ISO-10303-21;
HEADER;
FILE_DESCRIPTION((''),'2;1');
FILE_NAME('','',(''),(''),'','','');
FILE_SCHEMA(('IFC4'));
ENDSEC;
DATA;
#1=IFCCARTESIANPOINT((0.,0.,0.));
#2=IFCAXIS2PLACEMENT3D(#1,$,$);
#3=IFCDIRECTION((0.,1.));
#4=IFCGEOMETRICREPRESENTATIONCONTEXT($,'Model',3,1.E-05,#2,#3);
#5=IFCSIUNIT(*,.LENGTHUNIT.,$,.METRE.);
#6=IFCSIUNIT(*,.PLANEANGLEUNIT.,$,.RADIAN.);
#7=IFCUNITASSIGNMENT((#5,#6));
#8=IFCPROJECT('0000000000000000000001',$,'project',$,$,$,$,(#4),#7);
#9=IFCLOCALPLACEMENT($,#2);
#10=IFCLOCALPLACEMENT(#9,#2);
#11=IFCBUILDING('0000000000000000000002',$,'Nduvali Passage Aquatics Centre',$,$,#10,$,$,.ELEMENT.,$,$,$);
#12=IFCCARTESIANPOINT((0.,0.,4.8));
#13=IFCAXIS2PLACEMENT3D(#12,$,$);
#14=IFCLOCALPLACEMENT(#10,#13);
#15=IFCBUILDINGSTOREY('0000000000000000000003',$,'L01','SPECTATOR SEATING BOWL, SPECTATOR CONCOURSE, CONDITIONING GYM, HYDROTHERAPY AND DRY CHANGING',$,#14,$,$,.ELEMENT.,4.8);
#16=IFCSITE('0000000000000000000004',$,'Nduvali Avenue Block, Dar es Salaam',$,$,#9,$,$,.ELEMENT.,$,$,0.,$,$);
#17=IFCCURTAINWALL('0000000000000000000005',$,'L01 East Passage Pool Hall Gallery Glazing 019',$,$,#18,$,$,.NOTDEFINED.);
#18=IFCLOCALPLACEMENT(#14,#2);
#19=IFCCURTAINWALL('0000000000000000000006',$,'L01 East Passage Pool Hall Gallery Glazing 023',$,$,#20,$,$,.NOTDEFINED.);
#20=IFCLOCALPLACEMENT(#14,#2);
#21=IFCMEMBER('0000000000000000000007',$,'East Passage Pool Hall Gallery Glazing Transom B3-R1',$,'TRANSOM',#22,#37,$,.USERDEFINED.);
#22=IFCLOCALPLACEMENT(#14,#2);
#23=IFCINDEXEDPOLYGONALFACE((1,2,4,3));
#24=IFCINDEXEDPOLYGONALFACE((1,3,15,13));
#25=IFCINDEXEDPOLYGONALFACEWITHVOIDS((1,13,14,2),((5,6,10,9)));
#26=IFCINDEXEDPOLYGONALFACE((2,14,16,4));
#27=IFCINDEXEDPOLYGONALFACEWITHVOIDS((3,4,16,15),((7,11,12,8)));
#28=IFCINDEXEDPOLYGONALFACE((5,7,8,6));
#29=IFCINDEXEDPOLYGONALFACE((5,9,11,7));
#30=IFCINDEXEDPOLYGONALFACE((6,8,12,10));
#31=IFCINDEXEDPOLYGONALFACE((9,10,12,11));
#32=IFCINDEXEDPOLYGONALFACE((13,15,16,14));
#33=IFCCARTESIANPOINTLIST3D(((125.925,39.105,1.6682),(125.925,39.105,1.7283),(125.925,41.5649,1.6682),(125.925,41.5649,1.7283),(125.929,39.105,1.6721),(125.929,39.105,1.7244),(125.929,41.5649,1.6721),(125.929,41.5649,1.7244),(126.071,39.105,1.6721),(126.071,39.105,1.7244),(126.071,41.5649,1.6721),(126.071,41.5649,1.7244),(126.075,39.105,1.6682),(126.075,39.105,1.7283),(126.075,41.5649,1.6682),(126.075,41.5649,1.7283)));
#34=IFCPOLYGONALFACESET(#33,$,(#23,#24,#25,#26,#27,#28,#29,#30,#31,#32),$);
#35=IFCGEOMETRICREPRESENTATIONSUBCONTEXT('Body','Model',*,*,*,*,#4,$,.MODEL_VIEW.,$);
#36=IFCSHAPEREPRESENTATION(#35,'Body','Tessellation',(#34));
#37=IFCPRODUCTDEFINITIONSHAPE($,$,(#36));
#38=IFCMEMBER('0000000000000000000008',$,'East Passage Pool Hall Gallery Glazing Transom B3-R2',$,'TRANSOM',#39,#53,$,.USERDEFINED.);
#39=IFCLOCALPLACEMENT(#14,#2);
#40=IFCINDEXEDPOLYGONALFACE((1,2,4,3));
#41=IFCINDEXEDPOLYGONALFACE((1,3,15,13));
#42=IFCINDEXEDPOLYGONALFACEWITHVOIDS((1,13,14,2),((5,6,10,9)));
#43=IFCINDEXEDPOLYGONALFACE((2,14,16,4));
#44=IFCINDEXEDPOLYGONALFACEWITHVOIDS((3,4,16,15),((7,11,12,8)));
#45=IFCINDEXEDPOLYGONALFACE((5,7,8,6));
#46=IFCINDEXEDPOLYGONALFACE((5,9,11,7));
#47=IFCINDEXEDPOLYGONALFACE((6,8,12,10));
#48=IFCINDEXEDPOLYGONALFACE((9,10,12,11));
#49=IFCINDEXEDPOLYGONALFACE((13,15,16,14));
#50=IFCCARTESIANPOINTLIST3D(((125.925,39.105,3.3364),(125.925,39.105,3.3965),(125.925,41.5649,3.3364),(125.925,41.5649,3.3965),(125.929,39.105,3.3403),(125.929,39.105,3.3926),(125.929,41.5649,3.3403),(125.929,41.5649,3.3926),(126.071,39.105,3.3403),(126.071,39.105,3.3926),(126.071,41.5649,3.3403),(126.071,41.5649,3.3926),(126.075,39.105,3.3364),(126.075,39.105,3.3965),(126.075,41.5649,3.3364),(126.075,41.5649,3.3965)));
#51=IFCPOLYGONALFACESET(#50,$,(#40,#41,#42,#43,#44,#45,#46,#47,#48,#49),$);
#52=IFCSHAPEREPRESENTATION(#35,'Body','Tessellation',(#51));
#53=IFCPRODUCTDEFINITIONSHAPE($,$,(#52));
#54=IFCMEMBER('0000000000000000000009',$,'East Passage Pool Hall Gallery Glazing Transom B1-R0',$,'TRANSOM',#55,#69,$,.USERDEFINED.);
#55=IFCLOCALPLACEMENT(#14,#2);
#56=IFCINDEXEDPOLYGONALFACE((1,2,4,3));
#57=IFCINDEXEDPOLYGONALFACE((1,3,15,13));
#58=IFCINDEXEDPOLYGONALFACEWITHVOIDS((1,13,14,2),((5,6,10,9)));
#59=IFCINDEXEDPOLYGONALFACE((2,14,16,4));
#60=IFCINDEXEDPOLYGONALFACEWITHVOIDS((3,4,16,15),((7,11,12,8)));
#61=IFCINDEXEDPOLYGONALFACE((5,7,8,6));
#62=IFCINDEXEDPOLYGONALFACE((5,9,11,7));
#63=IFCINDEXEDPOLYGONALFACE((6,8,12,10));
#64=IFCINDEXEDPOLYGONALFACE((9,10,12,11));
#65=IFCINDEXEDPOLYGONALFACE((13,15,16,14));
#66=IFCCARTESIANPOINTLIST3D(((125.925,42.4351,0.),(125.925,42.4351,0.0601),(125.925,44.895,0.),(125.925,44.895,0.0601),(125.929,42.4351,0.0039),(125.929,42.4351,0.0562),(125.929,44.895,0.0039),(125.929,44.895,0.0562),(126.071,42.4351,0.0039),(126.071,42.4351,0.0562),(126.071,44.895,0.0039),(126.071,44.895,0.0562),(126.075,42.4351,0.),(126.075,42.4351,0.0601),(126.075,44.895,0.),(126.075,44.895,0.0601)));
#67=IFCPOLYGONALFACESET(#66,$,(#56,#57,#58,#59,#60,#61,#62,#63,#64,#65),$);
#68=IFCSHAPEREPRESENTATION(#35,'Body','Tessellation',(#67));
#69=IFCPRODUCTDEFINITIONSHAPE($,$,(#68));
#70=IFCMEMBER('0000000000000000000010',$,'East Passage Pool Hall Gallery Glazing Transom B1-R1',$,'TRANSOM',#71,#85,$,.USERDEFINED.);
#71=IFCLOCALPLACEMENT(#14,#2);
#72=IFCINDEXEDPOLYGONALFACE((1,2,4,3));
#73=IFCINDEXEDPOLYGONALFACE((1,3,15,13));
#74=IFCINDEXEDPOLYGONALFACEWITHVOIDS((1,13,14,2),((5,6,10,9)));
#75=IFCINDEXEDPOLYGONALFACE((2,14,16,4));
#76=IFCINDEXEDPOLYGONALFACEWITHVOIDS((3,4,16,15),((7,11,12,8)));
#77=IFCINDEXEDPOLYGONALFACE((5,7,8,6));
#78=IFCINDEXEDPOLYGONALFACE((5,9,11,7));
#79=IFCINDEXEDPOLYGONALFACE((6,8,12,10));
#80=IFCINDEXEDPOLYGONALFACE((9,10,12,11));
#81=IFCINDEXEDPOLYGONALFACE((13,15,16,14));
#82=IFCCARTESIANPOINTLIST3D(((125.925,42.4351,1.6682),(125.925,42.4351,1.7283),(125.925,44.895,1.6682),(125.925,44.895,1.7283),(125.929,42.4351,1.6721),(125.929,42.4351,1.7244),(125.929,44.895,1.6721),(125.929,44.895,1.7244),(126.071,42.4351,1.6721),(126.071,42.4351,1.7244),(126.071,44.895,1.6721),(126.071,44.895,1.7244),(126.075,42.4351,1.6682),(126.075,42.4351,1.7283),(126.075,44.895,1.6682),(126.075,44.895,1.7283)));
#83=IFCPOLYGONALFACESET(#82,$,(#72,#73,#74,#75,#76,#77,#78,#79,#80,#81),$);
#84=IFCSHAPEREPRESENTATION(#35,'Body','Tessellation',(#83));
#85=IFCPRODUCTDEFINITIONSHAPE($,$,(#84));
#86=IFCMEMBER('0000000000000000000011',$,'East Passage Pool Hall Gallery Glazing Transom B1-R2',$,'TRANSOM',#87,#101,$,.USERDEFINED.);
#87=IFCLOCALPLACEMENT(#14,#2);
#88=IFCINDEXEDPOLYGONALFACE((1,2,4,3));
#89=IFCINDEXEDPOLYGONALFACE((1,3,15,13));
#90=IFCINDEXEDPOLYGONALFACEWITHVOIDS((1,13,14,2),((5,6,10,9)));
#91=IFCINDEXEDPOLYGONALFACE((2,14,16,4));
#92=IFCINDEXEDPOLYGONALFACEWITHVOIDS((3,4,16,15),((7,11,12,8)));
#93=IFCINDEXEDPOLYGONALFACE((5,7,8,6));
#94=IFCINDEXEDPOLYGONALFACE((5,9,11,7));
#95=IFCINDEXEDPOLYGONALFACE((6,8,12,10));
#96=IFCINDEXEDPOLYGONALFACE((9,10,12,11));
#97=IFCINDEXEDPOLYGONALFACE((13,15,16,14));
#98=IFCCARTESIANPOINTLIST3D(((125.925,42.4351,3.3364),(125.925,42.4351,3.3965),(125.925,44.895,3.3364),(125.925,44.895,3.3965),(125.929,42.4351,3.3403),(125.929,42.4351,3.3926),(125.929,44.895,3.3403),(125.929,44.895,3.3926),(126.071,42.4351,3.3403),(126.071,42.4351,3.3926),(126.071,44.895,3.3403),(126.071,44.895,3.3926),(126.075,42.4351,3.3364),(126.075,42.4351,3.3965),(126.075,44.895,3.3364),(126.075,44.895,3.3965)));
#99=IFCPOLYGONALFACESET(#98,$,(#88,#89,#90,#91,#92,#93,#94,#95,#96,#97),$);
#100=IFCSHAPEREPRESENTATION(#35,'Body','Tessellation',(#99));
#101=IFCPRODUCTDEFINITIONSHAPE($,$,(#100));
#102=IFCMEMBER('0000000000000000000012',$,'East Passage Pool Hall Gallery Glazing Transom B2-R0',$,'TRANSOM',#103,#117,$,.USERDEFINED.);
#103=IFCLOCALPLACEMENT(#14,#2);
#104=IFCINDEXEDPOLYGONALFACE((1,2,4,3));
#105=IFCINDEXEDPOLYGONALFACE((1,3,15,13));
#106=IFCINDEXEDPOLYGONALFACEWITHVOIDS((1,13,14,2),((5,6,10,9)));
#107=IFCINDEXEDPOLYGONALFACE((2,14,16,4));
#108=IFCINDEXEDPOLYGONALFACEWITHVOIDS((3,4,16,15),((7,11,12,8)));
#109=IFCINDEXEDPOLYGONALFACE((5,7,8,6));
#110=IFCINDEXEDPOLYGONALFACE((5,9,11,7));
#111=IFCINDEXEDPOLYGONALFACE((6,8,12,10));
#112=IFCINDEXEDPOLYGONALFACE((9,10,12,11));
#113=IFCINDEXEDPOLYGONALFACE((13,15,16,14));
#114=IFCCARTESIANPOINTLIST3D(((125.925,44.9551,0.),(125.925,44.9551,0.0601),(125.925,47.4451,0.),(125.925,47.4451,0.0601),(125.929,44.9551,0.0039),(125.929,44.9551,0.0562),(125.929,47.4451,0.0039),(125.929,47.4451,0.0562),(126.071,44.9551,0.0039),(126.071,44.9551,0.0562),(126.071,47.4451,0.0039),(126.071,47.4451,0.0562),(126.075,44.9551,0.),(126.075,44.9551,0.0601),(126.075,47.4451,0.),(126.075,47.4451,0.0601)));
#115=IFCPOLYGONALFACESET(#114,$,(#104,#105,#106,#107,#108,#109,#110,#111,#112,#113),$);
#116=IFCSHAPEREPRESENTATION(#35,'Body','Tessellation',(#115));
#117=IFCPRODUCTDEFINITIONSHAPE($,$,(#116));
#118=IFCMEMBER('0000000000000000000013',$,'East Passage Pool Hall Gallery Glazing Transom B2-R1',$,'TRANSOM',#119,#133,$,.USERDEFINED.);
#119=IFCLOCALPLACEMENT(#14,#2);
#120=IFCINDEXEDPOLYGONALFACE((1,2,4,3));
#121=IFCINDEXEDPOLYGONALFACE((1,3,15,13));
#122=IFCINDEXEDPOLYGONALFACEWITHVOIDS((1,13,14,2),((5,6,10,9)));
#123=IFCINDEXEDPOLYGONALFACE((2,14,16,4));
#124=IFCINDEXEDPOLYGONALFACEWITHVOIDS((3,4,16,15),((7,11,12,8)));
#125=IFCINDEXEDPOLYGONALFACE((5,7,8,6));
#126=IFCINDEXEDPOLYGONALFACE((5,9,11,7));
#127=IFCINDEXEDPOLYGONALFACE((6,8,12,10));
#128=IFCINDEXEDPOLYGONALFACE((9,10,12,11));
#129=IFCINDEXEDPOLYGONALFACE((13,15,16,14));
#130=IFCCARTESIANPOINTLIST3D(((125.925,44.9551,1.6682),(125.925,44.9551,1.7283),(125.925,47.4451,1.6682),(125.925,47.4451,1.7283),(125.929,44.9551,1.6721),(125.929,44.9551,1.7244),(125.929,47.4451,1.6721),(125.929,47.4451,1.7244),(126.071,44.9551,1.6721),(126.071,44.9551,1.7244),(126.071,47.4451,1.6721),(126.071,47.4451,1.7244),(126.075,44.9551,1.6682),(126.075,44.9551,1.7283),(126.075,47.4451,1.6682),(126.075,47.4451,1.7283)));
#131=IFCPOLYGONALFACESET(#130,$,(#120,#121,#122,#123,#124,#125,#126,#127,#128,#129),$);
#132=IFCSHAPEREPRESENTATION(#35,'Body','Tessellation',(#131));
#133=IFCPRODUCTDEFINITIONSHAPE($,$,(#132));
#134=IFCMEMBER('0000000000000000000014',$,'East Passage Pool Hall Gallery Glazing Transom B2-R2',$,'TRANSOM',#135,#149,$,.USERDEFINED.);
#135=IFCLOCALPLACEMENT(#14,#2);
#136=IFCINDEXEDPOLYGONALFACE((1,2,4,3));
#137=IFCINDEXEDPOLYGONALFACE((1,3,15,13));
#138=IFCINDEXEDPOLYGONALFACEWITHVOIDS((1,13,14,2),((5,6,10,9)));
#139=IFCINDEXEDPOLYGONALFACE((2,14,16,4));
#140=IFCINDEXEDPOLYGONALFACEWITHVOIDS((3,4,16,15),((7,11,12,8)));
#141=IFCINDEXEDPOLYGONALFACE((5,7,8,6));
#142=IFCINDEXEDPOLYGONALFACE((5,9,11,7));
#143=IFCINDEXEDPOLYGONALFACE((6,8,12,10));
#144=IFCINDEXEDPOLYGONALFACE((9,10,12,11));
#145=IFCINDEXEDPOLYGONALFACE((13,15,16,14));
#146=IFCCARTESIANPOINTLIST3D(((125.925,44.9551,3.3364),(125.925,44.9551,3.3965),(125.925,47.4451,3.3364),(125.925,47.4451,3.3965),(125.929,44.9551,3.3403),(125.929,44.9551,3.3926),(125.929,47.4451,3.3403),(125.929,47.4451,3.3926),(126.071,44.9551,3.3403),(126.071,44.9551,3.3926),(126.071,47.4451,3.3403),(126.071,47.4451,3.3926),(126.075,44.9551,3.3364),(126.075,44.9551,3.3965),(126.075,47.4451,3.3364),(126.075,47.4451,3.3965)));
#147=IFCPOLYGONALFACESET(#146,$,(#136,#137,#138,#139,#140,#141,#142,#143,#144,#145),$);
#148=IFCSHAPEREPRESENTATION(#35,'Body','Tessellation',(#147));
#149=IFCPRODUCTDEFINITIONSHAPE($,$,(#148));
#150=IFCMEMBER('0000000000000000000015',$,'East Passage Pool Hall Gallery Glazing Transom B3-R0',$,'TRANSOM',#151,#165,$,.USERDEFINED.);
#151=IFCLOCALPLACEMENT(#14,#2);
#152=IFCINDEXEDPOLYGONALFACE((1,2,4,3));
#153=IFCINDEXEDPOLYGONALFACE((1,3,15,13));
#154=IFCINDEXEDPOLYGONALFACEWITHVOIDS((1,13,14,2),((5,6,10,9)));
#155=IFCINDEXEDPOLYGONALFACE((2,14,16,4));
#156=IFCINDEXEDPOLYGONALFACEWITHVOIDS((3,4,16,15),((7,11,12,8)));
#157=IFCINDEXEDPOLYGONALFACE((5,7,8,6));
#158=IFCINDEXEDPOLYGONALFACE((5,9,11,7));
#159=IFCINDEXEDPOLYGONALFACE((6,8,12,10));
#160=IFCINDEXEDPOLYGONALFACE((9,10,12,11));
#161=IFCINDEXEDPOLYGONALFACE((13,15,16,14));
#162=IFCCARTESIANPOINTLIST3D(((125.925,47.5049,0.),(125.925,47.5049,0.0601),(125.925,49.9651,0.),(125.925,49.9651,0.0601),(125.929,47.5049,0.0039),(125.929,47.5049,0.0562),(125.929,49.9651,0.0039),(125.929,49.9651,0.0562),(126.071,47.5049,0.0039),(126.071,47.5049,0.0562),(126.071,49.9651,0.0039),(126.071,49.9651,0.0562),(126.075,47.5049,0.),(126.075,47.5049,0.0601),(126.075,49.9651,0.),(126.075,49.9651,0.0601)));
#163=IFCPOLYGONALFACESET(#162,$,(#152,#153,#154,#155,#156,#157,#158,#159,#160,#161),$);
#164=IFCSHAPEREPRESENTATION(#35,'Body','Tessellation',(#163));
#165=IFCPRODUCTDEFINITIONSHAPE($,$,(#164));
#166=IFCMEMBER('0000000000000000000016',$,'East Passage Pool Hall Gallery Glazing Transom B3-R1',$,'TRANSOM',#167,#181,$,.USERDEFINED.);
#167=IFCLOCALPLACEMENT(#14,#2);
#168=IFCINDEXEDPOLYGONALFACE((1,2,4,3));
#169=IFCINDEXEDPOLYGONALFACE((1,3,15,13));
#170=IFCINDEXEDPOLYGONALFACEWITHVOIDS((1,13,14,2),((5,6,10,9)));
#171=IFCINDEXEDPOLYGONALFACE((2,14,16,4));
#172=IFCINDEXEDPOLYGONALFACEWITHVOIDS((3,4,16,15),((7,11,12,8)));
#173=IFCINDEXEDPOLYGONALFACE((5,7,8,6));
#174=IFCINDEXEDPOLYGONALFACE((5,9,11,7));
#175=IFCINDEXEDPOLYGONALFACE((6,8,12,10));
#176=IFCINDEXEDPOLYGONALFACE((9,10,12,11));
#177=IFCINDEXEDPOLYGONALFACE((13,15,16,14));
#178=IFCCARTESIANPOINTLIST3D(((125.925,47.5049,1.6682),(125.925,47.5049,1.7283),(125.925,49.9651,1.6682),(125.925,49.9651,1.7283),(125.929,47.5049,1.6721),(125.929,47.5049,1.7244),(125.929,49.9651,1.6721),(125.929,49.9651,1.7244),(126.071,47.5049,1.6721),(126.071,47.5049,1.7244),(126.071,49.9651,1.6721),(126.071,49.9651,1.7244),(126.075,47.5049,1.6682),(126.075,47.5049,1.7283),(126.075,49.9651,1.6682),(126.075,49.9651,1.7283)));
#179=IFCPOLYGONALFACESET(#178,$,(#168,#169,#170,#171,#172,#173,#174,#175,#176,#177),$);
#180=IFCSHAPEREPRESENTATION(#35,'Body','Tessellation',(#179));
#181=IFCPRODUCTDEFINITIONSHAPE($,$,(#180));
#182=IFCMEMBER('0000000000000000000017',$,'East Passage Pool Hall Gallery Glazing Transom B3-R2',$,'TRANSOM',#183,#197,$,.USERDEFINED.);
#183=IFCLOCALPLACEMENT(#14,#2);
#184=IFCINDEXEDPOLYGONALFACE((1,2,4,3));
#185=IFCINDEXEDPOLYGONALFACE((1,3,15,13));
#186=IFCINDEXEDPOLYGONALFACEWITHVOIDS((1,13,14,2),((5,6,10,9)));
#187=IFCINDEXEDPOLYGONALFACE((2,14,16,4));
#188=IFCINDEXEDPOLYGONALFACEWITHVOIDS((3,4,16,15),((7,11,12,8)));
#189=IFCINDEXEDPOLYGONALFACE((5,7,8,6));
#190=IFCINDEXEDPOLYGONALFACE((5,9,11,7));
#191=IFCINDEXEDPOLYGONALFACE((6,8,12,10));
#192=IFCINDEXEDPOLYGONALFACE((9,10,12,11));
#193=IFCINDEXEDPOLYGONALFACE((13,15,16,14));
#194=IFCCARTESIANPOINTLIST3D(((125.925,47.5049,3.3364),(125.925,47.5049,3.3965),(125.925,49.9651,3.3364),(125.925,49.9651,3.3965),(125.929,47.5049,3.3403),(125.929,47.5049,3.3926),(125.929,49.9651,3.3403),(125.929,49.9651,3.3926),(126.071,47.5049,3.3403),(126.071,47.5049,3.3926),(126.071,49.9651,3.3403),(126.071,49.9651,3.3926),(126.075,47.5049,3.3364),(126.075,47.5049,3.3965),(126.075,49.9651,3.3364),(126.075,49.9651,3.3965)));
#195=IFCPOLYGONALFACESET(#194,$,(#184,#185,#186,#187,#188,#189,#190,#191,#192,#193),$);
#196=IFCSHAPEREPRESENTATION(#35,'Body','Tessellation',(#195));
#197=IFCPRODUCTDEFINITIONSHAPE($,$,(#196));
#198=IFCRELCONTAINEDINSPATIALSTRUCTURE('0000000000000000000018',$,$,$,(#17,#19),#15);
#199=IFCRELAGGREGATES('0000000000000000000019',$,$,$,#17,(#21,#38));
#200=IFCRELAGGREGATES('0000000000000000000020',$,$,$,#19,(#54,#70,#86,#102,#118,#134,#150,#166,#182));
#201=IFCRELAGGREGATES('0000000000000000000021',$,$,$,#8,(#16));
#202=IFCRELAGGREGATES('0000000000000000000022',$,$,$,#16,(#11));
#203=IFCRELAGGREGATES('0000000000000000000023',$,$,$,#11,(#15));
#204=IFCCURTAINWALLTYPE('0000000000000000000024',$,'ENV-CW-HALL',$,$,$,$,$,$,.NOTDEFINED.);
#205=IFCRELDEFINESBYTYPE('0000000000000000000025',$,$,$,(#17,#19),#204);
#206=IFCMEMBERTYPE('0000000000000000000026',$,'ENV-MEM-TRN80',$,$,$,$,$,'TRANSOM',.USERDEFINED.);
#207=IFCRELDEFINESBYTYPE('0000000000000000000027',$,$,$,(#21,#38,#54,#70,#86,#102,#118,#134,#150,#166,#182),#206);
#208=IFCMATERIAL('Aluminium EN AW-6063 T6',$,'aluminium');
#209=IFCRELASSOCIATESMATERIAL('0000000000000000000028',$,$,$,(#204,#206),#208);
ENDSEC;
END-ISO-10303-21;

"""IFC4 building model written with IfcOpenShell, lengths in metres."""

from ifc_helpers import new_model, si_unit, direction, frame, origin, origin_2d, place, context, subcontext, project, spatial, hollow_rectangle, extrude, material, material_profile, profile_set, type_object, element, aggregate, save


model = new_model("IFC4")

# Units and contexts
model_context = context("Model", 3, precision=1e-05, world=origin(), true_north=direction((0.0, 1.0)))
body_context = subcontext(model_context, "Body", "Model", "MODEL_VIEW")
ifc_project = project(units=[si_unit("LENGTHUNIT", "METRE"), si_unit("PLANEANGLEUNIT", "RADIAN")], contexts=[model_context])

# Site, building, storey
site_placement = place(None, origin())
site = spatial("IfcSite", under=ifc_project, at=site_placement, Name="Nduvali Avenue Block, Dar es Salaam", CompositionType="ELEMENT", RefElevation=0.0)
building_placement = place(site_placement, origin())
building = spatial("IfcBuilding", under=site, at=building_placement, Name="Nduvali Passage Aquatics Centre", CompositionType="ELEMENT")
storey_placement = place(building_placement, frame((0.0, 0.0, 4.8)))
storey = spatial("IfcBuildingStorey", under=building, at=storey_placement, Name="L01", Description="SPECTATOR SEATING BOWL, SPECTATOR CONCOURSE, CONDITIONING GYM, HYDROTHERAPY AND DRY CHANGING", CompositionType="ELEMENT", Elevation=4.8)

# Curtain walls
ifc_material_1 = material(Name="Aluminium EN AW-6063 T6", Category="aluminium")
curtain_wall_type = type_object("IfcCurtainWallType", Name="ENV-CW-HALL", PredefinedType="NOTDEFINED", material=ifc_material_1)
curtain_wall_1_placement = place(storey_placement, origin())
curtain_wall_1 = element("IfcCurtainWall", 1, at=curtain_wall_1_placement, inside=storey, type_object=curtain_wall_type, Name="L01 East Passage Pool Hall Gallery Glazing 019", PredefinedType="NOTDEFINED")
curtain_wall_2_placement = place(storey_placement, origin())
curtain_wall_2 = element("IfcCurtainWall", 2, at=curtain_wall_2_placement, inside=storey, type_object=curtain_wall_type, Name="L01 East Passage Pool Hall Gallery Glazing 023", PredefinedType="NOTDEFINED")

# Members
ifc_material_profile_1 = material_profile(ifc_material_1, hollow_rectangle(XDim=0.1499, YDim=0.0601, WallThickness=0.0039, at=origin_2d()), Name="ALU TRANSOM 150x60x4")
ifc_profile_set_1 = profile_set([ifc_material_profile_1], Name="Aluminium EN AW-6063 T6")
member_type_1 = type_object("IfcMemberType", Name="ENV-MEM-TRN80", ElementType="TRANSOM", PredefinedType="USERDEFINED", material=ifc_profile_set_1)
member_1_placement = place(storey_placement, frame((126.0, 39.105, 1.6982), z_axis=(0.0, 1.0, 0.0), x_axis=(-1.0, 0.0, 0.0)))
member_1 = element("IfcMember", 3, at=member_1_placement, type_object=member_type_1, Name="East Passage Pool Hall Gallery Glazing Transom B3-R1", ObjectType="TRANSOM", PredefinedType="USERDEFINED", context=body_context, shape_type="SweptSolid", body=[
    extrude(hollow_rectangle(XDim=0.1499, YDim=0.0601, WallThickness=0.0039, at=origin_2d()), origin(), (0.0, 0.0, 1.0), 2.46),
])
member_2_placement = place(storey_placement, frame((126.0, 39.105, 3.3665), z_axis=(0.0, 1.0, 0.0), x_axis=(-1.0, 0.0, 0.0)))
member_2 = element("IfcMember", 4, at=member_2_placement, type_object=member_type_1, Name="East Passage Pool Hall Gallery Glazing Transom B3-R2", ObjectType="TRANSOM", PredefinedType="USERDEFINED", context=body_context, shape_type="SweptSolid", body=[
    extrude(hollow_rectangle(XDim=0.1499, YDim=0.0601, WallThickness=0.0039, at=origin_2d()), origin(), (0.0, 0.0, 1.0), 2.46),
])
member_3_placement = place(storey_placement, frame((126.0, 42.4351, 0.03), z_axis=(0.0, 1.0, 0.0), x_axis=(-1.0, 0.0, 0.0)))
member_3 = element("IfcMember", 5, at=member_3_placement, type_object=member_type_1, Name="East Passage Pool Hall Gallery Glazing Transom B1-R0", ObjectType="TRANSOM", PredefinedType="USERDEFINED", context=body_context, shape_type="SweptSolid", body=[
    extrude(hollow_rectangle(XDim=0.1499, YDim=0.0601, WallThickness=0.0039, at=origin_2d()), origin(), (0.0, 0.0, 1.0), 2.46),
])
member_4_placement = place(storey_placement, frame((126.0, 42.4351, 1.6982), z_axis=(0.0, 1.0, 0.0), x_axis=(-1.0, 0.0, 0.0)))
member_4 = element("IfcMember", 6, at=member_4_placement, type_object=member_type_1, Name="East Passage Pool Hall Gallery Glazing Transom B1-R1", ObjectType="TRANSOM", PredefinedType="USERDEFINED", context=body_context, shape_type="SweptSolid", body=[
    extrude(hollow_rectangle(XDim=0.1499, YDim=0.0601, WallThickness=0.0039, at=origin_2d()), origin(), (0.0, 0.0, 1.0), 2.46),
])
member_5_placement = place(storey_placement, frame((126.0, 42.4351, 3.3665), z_axis=(0.0, 1.0, 0.0), x_axis=(-1.0, 0.0, 0.0)))
member_5 = element("IfcMember", 7, at=member_5_placement, type_object=member_type_1, Name="East Passage Pool Hall Gallery Glazing Transom B1-R2", ObjectType="TRANSOM", PredefinedType="USERDEFINED", context=body_context, shape_type="SweptSolid", body=[
    extrude(hollow_rectangle(XDim=0.1499, YDim=0.0601, WallThickness=0.0039, at=origin_2d()), origin(), (0.0, 0.0, 1.0), 2.46),
])
member_6_placement = place(storey_placement, frame((126.0, 44.9551, 0.03), z_axis=(0.0, 1.0, 0.0), x_axis=(-1.0, 0.0, 0.0)))
member_6 = element("IfcMember", 8, at=member_6_placement, type_object=member_type_1, Name="East Passage Pool Hall Gallery Glazing Transom B2-R0", ObjectType="TRANSOM", PredefinedType="USERDEFINED", context=body_context, shape_type="SweptSolid", body=[
    extrude(hollow_rectangle(XDim=0.1499, YDim=0.0601, WallThickness=0.0039, at=origin_2d()), origin(), (0.0, 0.0, 1.0), 2.49),
])
member_7_placement = place(storey_placement, frame((126.0, 44.9551, 1.6982), z_axis=(0.0, 1.0, 0.0), x_axis=(-1.0, 0.0, 0.0)))
member_7 = element("IfcMember", 9, at=member_7_placement, type_object=member_type_1, Name="East Passage Pool Hall Gallery Glazing Transom B2-R1", ObjectType="TRANSOM", PredefinedType="USERDEFINED", context=body_context, shape_type="SweptSolid", body=[
    extrude(hollow_rectangle(XDim=0.1499, YDim=0.0601, WallThickness=0.0039, at=origin_2d()), origin(), (0.0, 0.0, 1.0), 2.49),
])
member_8_placement = place(storey_placement, frame((126.0, 44.9551, 3.3665), z_axis=(0.0, 1.0, 0.0), x_axis=(-1.0, 0.0, 0.0)))
member_8 = element("IfcMember", 10, at=member_8_placement, type_object=member_type_1, Name="East Passage Pool Hall Gallery Glazing Transom B2-R2", ObjectType="TRANSOM", PredefinedType="USERDEFINED", context=body_context, shape_type="SweptSolid", body=[
    extrude(hollow_rectangle(XDim=0.1499, YDim=0.0601, WallThickness=0.0039, at=origin_2d()), origin(), (0.0, 0.0, 1.0), 2.49),
])
member_9_placement = place(storey_placement, frame((126.0, 47.5049, 0.03), z_axis=(0.0, 1.0, 0.0), x_axis=(-1.0, 0.0, 0.0)))
member_9 = element("IfcMember", 11, at=member_9_placement, type_object=member_type_1, Name="East Passage Pool Hall Gallery Glazing Transom B3-R0", ObjectType="TRANSOM", PredefinedType="USERDEFINED", context=body_context, shape_type="SweptSolid", body=[
    extrude(hollow_rectangle(XDim=0.1499, YDim=0.0601, WallThickness=0.0039, at=origin_2d()), origin(), (0.0, 0.0, 1.0), 2.4602),
])
member_10_placement = place(storey_placement, frame((126.0, 47.5049, 1.6982), z_axis=(0.0, 1.0, 0.0), x_axis=(-1.0, 0.0, 0.0)))
member_10 = element("IfcMember", 12, at=member_10_placement, type_object=member_type_1, Name="East Passage Pool Hall Gallery Glazing Transom B3-R1", ObjectType="TRANSOM", PredefinedType="USERDEFINED", context=body_context, shape_type="SweptSolid", body=[
    extrude(hollow_rectangle(XDim=0.1499, YDim=0.0601, WallThickness=0.0039, at=origin_2d()), origin(), (0.0, 0.0, 1.0), 2.4602),
])
member_11_placement = place(storey_placement, frame((126.0, 47.5049, 3.3665), z_axis=(0.0, 1.0, 0.0), x_axis=(-1.0, 0.0, 0.0)))
member_11 = element("IfcMember", 13, at=member_11_placement, type_object=member_type_1, Name="East Passage Pool Hall Gallery Glazing Transom B3-R2", ObjectType="TRANSOM", PredefinedType="USERDEFINED", context=body_context, shape_type="SweptSolid", body=[
    extrude(hollow_rectangle(XDim=0.1499, YDim=0.0601, WallThickness=0.0039, at=origin_2d()), origin(), (0.0, 0.0, 1.0), 2.4602),
])

aggregate(curtain_wall_1, [member_1, member_2])
aggregate(curtain_wall_2, [member_3, member_4, member_5, member_6, member_7, member_8, member_9, member_10, member_11])

save(model, "model.ifc")
